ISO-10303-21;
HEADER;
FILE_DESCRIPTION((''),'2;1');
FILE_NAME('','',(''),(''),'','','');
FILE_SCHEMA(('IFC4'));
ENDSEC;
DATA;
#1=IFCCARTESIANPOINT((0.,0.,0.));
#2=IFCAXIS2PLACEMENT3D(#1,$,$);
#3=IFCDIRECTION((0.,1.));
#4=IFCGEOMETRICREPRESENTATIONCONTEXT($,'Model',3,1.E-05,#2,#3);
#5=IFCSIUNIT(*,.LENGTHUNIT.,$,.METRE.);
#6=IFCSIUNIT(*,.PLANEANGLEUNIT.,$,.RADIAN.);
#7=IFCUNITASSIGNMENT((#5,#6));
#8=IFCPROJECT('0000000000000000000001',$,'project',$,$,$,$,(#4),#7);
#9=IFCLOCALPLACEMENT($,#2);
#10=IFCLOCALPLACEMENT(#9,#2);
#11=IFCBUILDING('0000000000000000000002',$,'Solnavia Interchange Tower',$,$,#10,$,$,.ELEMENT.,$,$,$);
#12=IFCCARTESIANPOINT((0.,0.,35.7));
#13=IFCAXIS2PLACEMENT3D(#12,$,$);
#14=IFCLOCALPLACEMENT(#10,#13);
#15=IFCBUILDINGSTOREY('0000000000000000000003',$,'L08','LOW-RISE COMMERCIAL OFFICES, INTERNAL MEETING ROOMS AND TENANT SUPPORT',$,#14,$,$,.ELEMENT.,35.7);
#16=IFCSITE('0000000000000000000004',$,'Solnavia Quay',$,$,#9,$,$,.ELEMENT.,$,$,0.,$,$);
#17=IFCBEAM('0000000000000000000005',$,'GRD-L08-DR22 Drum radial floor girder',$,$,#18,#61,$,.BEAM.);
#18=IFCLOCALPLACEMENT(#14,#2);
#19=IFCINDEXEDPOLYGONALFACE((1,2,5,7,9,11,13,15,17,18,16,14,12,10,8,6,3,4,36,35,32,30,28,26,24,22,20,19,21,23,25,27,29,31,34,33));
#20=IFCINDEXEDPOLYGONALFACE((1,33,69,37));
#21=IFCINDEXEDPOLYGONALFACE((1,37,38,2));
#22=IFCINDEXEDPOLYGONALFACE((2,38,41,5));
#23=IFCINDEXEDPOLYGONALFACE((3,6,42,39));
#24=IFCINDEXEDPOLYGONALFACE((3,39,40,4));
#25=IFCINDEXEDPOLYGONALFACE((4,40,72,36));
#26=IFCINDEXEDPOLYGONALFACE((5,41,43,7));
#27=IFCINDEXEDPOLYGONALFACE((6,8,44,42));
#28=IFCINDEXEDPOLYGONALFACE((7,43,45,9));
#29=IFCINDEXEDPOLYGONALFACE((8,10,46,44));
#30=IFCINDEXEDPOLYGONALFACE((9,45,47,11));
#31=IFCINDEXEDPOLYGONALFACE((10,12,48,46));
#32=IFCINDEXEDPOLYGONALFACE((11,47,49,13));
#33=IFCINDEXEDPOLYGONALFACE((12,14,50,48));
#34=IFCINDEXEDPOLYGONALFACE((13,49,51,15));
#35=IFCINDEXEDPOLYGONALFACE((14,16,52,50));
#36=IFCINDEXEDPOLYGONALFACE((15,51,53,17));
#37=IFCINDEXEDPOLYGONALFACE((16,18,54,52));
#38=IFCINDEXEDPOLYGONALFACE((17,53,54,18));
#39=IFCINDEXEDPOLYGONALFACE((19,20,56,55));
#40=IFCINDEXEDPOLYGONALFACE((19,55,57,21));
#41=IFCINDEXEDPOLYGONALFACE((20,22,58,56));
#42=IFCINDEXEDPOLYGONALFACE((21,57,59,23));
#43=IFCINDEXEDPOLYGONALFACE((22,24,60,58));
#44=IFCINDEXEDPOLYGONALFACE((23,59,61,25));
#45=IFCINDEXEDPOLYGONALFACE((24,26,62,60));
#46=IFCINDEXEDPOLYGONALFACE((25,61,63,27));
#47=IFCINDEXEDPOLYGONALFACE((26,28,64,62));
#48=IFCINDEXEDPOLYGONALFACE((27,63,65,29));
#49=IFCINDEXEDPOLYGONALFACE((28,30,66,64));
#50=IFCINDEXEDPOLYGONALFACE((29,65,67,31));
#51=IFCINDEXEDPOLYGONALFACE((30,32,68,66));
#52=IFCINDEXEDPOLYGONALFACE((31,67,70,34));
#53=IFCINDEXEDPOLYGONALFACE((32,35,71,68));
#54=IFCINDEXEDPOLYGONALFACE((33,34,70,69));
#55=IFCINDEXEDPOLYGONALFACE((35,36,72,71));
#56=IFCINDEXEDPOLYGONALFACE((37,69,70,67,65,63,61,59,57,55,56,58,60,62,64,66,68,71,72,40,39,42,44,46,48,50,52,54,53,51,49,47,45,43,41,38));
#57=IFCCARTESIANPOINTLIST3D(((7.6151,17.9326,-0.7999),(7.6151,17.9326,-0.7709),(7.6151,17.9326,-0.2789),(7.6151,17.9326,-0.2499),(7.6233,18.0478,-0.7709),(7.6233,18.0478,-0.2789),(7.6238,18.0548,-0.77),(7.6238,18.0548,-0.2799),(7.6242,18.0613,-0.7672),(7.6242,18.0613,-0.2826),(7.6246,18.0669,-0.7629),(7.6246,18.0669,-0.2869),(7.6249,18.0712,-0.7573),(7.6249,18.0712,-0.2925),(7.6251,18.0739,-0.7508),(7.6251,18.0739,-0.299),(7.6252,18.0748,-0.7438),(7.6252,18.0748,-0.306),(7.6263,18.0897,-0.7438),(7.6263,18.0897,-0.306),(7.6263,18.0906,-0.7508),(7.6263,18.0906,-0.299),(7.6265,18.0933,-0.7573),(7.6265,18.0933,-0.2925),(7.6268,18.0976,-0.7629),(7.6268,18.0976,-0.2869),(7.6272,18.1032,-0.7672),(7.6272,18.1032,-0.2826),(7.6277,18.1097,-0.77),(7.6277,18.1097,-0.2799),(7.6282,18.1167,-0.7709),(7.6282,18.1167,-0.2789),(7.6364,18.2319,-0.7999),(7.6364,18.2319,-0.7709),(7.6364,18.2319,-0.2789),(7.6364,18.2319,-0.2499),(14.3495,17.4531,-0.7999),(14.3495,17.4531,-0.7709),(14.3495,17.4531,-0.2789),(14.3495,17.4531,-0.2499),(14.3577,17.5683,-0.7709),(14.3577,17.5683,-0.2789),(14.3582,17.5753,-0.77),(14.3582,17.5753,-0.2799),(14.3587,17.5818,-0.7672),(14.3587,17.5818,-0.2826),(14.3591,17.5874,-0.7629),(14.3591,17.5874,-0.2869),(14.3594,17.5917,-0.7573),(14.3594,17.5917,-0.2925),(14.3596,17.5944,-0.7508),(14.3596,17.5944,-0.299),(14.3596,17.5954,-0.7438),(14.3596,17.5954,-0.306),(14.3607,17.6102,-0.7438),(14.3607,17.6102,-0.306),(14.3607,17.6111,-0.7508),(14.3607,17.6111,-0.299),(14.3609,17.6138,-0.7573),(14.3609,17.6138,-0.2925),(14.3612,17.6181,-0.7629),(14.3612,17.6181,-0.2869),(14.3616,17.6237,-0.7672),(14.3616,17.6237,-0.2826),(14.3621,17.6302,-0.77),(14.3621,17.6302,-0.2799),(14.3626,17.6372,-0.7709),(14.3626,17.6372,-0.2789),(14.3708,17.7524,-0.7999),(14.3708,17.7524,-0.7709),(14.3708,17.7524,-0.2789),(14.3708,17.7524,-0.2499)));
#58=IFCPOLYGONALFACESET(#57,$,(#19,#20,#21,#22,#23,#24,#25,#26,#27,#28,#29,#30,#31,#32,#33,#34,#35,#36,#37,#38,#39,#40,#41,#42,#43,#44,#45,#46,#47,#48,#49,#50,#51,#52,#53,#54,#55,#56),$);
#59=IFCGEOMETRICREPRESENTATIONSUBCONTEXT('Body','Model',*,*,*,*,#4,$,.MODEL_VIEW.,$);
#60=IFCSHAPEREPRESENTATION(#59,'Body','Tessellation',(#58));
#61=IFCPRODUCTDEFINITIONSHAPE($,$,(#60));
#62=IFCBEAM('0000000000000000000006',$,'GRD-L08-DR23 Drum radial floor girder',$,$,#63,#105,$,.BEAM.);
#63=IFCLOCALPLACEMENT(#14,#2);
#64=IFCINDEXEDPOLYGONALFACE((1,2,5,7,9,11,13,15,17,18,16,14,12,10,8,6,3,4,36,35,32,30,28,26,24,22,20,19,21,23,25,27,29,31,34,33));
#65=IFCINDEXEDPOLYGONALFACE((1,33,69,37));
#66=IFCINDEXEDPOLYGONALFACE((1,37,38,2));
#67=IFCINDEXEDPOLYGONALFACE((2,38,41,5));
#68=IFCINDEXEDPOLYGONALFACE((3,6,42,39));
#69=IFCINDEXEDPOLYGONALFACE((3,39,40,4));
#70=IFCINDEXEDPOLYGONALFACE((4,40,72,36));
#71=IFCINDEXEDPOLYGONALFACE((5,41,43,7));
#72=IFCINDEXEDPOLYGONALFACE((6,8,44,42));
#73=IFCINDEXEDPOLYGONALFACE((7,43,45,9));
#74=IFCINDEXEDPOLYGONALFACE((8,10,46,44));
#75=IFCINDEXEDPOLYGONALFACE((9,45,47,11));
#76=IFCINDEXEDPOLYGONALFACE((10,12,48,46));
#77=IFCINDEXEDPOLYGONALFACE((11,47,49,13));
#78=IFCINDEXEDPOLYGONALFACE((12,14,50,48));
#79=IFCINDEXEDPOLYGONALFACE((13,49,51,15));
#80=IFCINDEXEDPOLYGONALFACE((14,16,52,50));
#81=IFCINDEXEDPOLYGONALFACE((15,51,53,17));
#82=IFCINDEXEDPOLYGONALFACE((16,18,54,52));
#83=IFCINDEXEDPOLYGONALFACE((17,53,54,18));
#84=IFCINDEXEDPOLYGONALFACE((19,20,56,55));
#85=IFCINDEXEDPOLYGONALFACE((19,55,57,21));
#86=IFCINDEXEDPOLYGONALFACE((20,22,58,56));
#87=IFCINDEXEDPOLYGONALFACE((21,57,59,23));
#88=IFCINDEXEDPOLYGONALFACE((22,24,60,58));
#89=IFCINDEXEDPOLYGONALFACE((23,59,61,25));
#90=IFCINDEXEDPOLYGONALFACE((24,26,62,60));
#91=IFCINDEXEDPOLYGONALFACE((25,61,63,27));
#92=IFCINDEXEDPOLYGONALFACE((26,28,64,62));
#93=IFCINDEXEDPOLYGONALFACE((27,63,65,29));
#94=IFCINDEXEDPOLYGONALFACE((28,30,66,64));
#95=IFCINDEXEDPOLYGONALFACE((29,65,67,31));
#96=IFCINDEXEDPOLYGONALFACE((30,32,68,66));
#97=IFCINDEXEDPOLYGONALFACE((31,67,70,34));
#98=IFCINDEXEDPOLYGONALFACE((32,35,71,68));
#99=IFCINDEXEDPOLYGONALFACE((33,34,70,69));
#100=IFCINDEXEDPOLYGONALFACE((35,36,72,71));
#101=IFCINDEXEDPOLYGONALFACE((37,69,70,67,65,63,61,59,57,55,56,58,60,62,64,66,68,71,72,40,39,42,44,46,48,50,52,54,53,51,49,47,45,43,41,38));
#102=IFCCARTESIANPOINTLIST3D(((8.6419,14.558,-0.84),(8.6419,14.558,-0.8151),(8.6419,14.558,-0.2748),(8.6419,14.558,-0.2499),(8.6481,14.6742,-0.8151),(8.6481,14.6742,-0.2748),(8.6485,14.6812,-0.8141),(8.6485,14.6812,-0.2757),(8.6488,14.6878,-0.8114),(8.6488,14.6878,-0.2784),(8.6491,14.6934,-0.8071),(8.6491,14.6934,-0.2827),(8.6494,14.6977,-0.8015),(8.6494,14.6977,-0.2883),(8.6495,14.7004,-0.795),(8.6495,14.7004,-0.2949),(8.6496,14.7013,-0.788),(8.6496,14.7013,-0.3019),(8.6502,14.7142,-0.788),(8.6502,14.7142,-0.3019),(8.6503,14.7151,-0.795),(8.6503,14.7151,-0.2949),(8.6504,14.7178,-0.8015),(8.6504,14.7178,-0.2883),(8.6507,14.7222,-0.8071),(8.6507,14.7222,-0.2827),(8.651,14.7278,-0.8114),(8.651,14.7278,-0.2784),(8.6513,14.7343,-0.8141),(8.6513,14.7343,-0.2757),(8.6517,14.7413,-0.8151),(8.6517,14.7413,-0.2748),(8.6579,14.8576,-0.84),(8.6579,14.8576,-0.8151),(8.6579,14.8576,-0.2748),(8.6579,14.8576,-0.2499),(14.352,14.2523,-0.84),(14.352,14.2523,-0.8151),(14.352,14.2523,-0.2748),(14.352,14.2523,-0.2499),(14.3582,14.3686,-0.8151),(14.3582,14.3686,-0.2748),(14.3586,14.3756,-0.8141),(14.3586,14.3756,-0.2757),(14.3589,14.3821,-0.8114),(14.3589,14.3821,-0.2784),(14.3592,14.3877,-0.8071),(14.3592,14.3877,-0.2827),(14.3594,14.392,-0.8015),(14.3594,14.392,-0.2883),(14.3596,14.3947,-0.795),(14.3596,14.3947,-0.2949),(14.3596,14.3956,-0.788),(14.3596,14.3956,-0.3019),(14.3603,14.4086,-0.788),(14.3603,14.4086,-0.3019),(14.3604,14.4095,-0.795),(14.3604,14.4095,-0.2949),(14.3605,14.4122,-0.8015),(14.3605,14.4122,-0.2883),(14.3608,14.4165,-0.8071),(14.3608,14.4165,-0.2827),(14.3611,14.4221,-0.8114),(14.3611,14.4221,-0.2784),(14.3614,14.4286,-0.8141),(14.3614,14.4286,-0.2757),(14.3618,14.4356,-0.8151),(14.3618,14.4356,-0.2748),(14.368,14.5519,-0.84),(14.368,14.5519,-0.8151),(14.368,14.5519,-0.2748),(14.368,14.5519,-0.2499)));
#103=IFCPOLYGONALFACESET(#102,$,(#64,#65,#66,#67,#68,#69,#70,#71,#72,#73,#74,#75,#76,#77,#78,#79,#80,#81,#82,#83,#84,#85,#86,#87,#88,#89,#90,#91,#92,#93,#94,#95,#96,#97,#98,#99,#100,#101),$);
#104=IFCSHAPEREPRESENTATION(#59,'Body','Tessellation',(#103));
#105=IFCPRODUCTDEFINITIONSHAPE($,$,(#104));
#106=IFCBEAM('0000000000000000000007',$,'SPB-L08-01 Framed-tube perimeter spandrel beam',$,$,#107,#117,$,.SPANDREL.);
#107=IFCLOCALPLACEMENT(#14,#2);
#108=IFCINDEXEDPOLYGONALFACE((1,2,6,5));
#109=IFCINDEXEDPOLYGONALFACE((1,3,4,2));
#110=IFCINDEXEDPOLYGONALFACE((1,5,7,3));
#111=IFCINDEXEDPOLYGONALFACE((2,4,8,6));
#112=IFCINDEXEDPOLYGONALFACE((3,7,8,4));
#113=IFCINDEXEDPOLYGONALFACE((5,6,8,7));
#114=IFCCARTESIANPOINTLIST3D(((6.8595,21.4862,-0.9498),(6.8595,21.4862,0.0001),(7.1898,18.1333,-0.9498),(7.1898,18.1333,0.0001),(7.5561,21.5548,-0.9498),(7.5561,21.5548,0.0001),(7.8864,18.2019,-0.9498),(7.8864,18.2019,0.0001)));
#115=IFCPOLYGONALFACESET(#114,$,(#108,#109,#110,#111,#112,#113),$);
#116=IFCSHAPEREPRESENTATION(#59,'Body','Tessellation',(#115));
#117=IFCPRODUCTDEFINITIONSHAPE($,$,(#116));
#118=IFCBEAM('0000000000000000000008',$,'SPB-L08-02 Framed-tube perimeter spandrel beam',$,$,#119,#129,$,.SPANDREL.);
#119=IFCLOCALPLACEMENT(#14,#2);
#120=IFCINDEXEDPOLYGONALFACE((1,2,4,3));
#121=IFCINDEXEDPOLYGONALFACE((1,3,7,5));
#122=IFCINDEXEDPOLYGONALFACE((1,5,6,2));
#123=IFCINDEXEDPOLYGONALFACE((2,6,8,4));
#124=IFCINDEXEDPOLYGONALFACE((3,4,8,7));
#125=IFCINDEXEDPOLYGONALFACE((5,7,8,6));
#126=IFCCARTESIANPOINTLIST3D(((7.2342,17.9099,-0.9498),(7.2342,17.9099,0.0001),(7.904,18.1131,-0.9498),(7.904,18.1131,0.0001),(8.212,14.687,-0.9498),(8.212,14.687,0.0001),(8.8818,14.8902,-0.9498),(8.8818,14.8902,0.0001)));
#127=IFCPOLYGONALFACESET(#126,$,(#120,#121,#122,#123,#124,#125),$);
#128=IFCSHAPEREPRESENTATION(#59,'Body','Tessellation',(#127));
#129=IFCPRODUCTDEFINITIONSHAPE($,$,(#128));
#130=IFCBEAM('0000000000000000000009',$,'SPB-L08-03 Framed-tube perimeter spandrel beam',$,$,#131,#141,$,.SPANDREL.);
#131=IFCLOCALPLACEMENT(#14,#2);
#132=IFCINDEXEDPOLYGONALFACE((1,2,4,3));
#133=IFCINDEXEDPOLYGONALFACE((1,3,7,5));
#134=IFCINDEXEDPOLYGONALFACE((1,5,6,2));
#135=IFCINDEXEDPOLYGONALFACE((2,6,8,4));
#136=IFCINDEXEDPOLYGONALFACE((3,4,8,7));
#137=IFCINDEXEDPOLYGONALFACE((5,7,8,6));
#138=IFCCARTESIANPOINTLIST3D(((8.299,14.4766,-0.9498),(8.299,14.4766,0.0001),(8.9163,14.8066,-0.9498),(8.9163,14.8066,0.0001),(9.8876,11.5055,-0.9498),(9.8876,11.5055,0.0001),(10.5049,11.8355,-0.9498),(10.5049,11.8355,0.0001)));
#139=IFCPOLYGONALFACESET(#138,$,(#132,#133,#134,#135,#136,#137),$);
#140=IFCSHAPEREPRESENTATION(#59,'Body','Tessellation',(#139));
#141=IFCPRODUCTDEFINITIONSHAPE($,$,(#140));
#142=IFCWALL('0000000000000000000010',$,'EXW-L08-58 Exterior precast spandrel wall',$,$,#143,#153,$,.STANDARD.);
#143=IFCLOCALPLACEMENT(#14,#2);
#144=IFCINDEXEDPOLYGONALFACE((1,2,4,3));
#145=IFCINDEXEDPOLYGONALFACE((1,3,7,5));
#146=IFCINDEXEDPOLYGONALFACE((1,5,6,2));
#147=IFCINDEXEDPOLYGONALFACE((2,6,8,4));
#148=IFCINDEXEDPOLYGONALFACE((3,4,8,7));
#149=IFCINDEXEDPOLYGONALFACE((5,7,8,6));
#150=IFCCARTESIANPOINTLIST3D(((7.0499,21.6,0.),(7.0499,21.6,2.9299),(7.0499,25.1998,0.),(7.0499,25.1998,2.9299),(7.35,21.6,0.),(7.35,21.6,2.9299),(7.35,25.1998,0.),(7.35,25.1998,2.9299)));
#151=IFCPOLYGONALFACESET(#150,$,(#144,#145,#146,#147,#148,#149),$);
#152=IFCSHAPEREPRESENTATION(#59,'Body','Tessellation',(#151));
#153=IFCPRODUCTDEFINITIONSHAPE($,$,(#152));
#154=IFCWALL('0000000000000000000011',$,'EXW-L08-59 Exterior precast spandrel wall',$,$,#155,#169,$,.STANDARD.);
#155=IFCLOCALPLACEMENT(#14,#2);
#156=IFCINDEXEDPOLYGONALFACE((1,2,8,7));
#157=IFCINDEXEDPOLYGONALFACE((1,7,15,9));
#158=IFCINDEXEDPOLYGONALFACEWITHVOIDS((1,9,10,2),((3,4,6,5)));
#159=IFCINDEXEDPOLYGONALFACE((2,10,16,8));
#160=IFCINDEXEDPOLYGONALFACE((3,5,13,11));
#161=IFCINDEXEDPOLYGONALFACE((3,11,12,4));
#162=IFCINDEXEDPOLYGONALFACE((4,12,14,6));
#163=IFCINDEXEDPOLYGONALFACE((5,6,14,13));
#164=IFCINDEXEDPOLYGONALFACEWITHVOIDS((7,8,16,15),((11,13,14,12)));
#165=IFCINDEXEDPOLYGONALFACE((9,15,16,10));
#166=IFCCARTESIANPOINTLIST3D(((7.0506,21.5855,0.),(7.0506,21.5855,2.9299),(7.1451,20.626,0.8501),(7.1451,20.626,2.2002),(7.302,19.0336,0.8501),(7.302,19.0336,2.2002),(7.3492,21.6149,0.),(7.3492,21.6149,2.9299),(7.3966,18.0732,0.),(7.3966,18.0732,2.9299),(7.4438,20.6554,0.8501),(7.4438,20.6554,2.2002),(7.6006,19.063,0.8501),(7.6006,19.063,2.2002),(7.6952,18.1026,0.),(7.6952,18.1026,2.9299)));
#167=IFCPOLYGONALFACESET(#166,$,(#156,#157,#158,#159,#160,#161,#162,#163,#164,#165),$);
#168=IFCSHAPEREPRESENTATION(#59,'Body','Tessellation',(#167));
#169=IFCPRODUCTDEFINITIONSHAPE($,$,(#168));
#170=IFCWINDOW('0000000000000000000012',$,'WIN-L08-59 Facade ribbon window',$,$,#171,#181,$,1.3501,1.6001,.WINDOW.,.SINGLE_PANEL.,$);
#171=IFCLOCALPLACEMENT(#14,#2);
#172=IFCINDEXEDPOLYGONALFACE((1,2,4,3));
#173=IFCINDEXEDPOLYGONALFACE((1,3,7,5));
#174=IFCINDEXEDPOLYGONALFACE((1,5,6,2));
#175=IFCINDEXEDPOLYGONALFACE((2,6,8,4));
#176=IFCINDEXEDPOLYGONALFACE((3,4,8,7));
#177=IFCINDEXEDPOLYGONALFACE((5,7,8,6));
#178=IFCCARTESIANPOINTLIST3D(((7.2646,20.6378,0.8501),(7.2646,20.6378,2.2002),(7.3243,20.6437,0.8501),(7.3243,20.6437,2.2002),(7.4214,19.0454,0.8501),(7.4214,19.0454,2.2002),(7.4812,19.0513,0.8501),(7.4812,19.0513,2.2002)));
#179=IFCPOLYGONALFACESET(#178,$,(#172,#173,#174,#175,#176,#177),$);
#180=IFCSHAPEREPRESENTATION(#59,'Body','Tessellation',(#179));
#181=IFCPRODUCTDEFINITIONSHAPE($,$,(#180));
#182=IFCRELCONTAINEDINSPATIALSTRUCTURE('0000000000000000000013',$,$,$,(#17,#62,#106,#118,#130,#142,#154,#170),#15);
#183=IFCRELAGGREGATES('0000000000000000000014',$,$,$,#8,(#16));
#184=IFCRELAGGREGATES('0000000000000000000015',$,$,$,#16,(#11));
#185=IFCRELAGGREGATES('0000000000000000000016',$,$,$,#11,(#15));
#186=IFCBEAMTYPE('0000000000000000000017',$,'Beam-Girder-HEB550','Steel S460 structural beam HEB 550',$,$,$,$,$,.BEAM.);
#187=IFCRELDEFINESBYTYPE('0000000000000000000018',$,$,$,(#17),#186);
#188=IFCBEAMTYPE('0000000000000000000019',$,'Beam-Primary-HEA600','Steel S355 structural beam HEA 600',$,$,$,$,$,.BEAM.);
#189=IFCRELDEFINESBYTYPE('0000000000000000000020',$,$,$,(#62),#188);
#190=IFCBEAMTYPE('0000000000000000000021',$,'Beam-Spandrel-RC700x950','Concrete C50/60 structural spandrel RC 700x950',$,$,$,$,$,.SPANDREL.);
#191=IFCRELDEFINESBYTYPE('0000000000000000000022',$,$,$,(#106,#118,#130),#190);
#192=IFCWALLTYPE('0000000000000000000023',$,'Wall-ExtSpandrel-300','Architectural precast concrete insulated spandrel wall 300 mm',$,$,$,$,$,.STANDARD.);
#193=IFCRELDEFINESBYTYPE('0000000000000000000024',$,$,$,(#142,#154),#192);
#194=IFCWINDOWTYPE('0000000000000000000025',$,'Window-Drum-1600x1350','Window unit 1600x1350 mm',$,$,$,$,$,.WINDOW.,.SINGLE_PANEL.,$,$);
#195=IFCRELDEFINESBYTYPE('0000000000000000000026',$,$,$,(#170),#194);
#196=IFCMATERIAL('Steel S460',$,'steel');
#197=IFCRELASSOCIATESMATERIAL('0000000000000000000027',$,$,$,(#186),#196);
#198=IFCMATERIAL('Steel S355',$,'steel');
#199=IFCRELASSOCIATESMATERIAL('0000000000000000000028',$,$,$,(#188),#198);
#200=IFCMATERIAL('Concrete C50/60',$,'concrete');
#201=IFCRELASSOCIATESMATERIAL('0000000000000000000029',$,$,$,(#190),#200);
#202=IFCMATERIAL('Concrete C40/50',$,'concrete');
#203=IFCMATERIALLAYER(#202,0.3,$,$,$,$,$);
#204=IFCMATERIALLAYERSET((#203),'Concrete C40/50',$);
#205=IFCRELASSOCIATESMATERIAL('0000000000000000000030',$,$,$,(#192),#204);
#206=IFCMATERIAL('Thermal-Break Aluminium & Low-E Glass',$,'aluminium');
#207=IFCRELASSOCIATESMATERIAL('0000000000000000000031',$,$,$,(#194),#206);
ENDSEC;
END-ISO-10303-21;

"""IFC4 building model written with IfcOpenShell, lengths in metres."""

from ifc_helpers import new_model, si_unit, direction, frame, frame_2d, origin, origin_2d, place, context, subcontext, project, spatial, rectangle, i_section, extrude, material, layer, layer_set, material_profile, profile_set, type_object, element, fill, save


model = new_model("IFC4")

# Units and contexts
model_context = context("Model", 3, precision=1e-05, world=origin(), true_north=direction((0.0, 1.0)))
body_context = subcontext(model_context, "Body", "Model", "MODEL_VIEW")
ifc_project = project(units=[si_unit("LENGTHUNIT", "METRE"), si_unit("PLANEANGLEUNIT", "RADIAN")], contexts=[model_context])

# Site, building, storey
site_placement = place(None, origin())
site = spatial("IfcSite", under=ifc_project, at=site_placement, Name="Solnavia Quay", CompositionType="ELEMENT", RefElevation=0.0)
building_placement = place(site_placement, origin())
building = spatial("IfcBuilding", under=site, at=building_placement, Name="Solnavia Interchange Tower", CompositionType="ELEMENT")
storey_placement = place(building_placement, frame((0.0, 0.0, 35.7)))
storey = spatial("IfcBuildingStorey", under=building, at=storey_placement, Name="L08", Description="LOW-RISE COMMERCIAL OFFICES, INTERNAL MEETING ROOMS AND TENANT SUPPORT", CompositionType="ELEMENT", Elevation=35.7)

# Beams
ifc_material_1 = material(Name="Concrete C50/60", Category="concrete")
ifc_material_2 = material(Name="Steel S460", Category="steel")
ifc_material_profile_1 = material_profile(ifc_material_2, i_section(OverallWidth=0.3, OverallDepth=0.55, WebThickness=0.0149, FlangeThickness=0.0291, FilletRadius=0.0271, at=origin_2d()), Name="HEB 550")
ifc_profile_set_1 = profile_set([ifc_material_profile_1], Name="Steel S460")
beam_type_1 = type_object("IfcBeamType", Name="Beam-Girder-HEB550", Description="Steel S460 structural beam HEB 550", PredefinedType="BEAM", material=ifc_profile_set_1)
beam_1_placement = place(storey_placement, frame((7.6257, 18.0823, -0.5249), z_axis=(0.997475, -0.071021, 0.0), x_axis=(0.071021, 0.997475, 0.0)))
element("IfcBeam", 1, at=beam_1_placement, inside=storey, type_object=beam_type_1, Name="GRD-L08-DR22 Drum radial floor girder", PredefinedType="BEAM", context=body_context, shape_type="SweptSolid", body=[
    extrude(i_section(OverallWidth=0.3, OverallDepth=0.55, WebThickness=0.0149, FlangeThickness=0.0291, FilletRadius=0.0271, at=origin_2d()), origin(), (0.0, 0.0, 1.0), 6.7515),
])
ifc_material_3 = material(Name="Steel S355", Category="steel")
ifc_material_profile_2 = material_profile(ifc_material_3, i_section(OverallWidth=0.3, OverallDepth=0.5901, WebThickness=0.0129, FlangeThickness=0.0249, FilletRadius=0.0271, at=origin_2d()), Name="HEA 600")
ifc_profile_set_2 = profile_set([ifc_material_profile_2], Name="Steel S355")
beam_type_2 = type_object("IfcBeamType", Name="Beam-Primary-HEA600", Description="Steel S355 structural beam HEA 600", PredefinedType="BEAM", material=ifc_profile_set_2)
beam_2_placement = place(storey_placement, frame((8.6499, 14.7078, -0.5449), z_axis=(0.99857, -0.053453, 0.0), x_axis=(0.053453, 0.99857, 0.0)))
element("IfcBeam", 2, at=beam_2_placement, inside=storey, type_object=beam_type_2, Name="GRD-L08-DR23 Drum radial floor girder", PredefinedType="BEAM", context=body_context, shape_type="SweptSolid", body=[
    extrude(i_section(OverallWidth=0.3, OverallDepth=0.5901, WebThickness=0.0129, FlangeThickness=0.0249, FilletRadius=0.0271, at=origin_2d()), origin(), (0.0, 0.0, 1.0), 5.7183),
])
ifc_material_profile_3 = material_profile(ifc_material_1, rectangle(XDim=0.7, YDim=0.95, at=origin_2d()), Name="RC 700x950")
ifc_profile_set_3 = profile_set([ifc_material_profile_3], Name="Concrete C50/60")
beam_type_3 = type_object("IfcBeamType", Name="Beam-Spandrel-RC700x950", Description="Concrete C50/60 structural spandrel RC 700x950", PredefinedType="SPANDREL", material=ifc_profile_set_3)
beam_3_placement = place(storey_placement, frame((7.2078, 21.5205, -0.4749), z_axis=(0.09804, -0.995182, 0.0), x_axis=(0.995182, 0.09804, 0.0)))
element("IfcBeam", 3, at=beam_3_placement, inside=storey, type_object=beam_type_3, Name="SPB-L08-01 Framed-tube perimeter spandrel beam", PredefinedType="SPANDREL", context=body_context, shape_type="SweptSolid", body=[
    extrude(rectangle(XDim=0.7, YDim=0.95, at=origin_2d()), origin(), (0.0, 0.0, 1.0), 3.3691),
])
beam_4_placement = place(storey_placement, frame((7.5691, 18.0115, -0.4749), z_axis=(0.290319, -0.95693, 0.0), x_axis=(0.95693, 0.290319, 0.0)))
element("IfcBeam", 4, at=beam_4_placement, inside=storey, type_object=beam_type_3, Name="SPB-L08-02 Framed-tube perimeter spandrel beam", PredefinedType="SPANDREL", context=body_context, shape_type="SweptSolid", body=[
    extrude(rectangle(XDim=0.7, YDim=0.95, at=origin_2d()), origin(), (0.0, 0.0, 1.0), 3.3679),
])
beam_5_placement = place(storey_placement, frame((8.6077, 14.6416, -0.4749), z_axis=(0.471509, -0.881861, 0.0), x_axis=(0.881861, 0.471509, 0.0)))
element("IfcBeam", 5, at=beam_5_placement, inside=storey, type_object=beam_type_3, Name="SPB-L08-03 Framed-tube perimeter spandrel beam", PredefinedType="SPANDREL", context=body_context, shape_type="SweptSolid", body=[
    extrude(rectangle(XDim=0.7, YDim=0.95, at=origin_2d()), origin(), (0.0, 0.0, 1.0), 3.3691),
])

# Wall
ifc_material_4 = material(Name="Concrete C40/50", Category="concrete")
ifc_layer_1 = layer(ifc_material_4, 0.3)
ifc_layer_set_1 = layer_set([ifc_layer_1], Name="Concrete C40/50")
wall_type_1 = type_object("IfcWallType", Name="Wall-ExtSpandrel-300", Description="Architectural precast concrete insulated spandrel wall 300 mm", PredefinedType="STANDARD", material=ifc_layer_set_1)
wall_1_placement = place(storey_placement, frame((7.2, 21.6001, 0.0), z_axis=(0.0, 0.0, 1.0), x_axis=(0.0, 1.0, 0.0)))
element("IfcWall", 6, at=wall_1_placement, inside=storey, type_object=wall_type_1, Name="EXW-L08-58 Exterior precast spandrel wall", PredefinedType="STANDARD", context=body_context, shape_type="SweptSolid", body=[
    extrude(rectangle(XDim=3.5999, YDim=0.3, at=frame_2d((1.7998, 0.0))), origin(), (0.0, 0.0, 1.0), 2.9299),
])

# Wall, opening, window
wall_2_placement = place(storey_placement, frame((7.5459, 18.0879, 0.0), z_axis=(0.0, 0.0, 1.0), x_axis=(-0.098024, 0.995184, 0.0)))
wall_2 = element("IfcWall", 7, at=wall_2_placement, inside=storey, type_object=wall_type_1, Name="EXW-L08-59 Exterior precast spandrel wall", PredefinedType="STANDARD", context=body_context, shape_type="SweptSolid", body=[
    extrude(rectangle(XDim=3.5293, YDim=0.3, at=frame_2d((1.7646, 0.0))), origin(), (0.0, 0.0, 1.0), 2.9299),
])
opening_1_placement = place(wall_2_placement, frame((0.9651, 0.0, 0.8501)))
opening_1 = element("IfcOpeningElement", 8, at=opening_1_placement, cuts=wall_2, PredefinedType="OPENING", context=body_context, shape_type="SweptSolid", body=[
    extrude(rectangle(XDim=1.6001, YDim=1.3501, at=frame_2d((0.8, 0.675))), frame((0.0, 0.1602, 0.0), z_axis=(0.0, -1.0, 0.0), x_axis=(1.0, 0.0, 0.0)), (0.0, 0.0, 1.0), 0.3201),
])
ifc_material_5 = material(Name="Thermal-Break Aluminium & Low-E Glass", Category="aluminium")
window_type = type_object("IfcWindowType", Name="Window-Drum-1600x1350", Description="Window unit 1600x1350 mm", PartitioningType="SINGLE_PANEL", PredefinedType="WINDOW", material=ifc_material_5)
window_1_placement = place(opening_1_placement, origin())
window_1 = element("IfcWindow", 9, at=window_1_placement, inside=storey, type_object=window_type, Name="WIN-L08-59 Facade ribbon window", OverallHeight=1.3501, OverallWidth=1.6001, PartitioningType="SINGLE_PANEL", PredefinedType="WINDOW", context=body_context, shape_type="SweptSolid", body=[
    extrude(rectangle(XDim=1.6001, YDim=1.3501, at=frame_2d((0.8, 0.675))), frame((0.0, 0.03, 0.0), z_axis=(0.0, -1.0, 0.0), x_axis=(1.0, 0.0, 0.0)), (0.0, 0.0, 1.0), 0.0601),
])
fill(opening_1, window_1)

save(model, "model.ifc")
